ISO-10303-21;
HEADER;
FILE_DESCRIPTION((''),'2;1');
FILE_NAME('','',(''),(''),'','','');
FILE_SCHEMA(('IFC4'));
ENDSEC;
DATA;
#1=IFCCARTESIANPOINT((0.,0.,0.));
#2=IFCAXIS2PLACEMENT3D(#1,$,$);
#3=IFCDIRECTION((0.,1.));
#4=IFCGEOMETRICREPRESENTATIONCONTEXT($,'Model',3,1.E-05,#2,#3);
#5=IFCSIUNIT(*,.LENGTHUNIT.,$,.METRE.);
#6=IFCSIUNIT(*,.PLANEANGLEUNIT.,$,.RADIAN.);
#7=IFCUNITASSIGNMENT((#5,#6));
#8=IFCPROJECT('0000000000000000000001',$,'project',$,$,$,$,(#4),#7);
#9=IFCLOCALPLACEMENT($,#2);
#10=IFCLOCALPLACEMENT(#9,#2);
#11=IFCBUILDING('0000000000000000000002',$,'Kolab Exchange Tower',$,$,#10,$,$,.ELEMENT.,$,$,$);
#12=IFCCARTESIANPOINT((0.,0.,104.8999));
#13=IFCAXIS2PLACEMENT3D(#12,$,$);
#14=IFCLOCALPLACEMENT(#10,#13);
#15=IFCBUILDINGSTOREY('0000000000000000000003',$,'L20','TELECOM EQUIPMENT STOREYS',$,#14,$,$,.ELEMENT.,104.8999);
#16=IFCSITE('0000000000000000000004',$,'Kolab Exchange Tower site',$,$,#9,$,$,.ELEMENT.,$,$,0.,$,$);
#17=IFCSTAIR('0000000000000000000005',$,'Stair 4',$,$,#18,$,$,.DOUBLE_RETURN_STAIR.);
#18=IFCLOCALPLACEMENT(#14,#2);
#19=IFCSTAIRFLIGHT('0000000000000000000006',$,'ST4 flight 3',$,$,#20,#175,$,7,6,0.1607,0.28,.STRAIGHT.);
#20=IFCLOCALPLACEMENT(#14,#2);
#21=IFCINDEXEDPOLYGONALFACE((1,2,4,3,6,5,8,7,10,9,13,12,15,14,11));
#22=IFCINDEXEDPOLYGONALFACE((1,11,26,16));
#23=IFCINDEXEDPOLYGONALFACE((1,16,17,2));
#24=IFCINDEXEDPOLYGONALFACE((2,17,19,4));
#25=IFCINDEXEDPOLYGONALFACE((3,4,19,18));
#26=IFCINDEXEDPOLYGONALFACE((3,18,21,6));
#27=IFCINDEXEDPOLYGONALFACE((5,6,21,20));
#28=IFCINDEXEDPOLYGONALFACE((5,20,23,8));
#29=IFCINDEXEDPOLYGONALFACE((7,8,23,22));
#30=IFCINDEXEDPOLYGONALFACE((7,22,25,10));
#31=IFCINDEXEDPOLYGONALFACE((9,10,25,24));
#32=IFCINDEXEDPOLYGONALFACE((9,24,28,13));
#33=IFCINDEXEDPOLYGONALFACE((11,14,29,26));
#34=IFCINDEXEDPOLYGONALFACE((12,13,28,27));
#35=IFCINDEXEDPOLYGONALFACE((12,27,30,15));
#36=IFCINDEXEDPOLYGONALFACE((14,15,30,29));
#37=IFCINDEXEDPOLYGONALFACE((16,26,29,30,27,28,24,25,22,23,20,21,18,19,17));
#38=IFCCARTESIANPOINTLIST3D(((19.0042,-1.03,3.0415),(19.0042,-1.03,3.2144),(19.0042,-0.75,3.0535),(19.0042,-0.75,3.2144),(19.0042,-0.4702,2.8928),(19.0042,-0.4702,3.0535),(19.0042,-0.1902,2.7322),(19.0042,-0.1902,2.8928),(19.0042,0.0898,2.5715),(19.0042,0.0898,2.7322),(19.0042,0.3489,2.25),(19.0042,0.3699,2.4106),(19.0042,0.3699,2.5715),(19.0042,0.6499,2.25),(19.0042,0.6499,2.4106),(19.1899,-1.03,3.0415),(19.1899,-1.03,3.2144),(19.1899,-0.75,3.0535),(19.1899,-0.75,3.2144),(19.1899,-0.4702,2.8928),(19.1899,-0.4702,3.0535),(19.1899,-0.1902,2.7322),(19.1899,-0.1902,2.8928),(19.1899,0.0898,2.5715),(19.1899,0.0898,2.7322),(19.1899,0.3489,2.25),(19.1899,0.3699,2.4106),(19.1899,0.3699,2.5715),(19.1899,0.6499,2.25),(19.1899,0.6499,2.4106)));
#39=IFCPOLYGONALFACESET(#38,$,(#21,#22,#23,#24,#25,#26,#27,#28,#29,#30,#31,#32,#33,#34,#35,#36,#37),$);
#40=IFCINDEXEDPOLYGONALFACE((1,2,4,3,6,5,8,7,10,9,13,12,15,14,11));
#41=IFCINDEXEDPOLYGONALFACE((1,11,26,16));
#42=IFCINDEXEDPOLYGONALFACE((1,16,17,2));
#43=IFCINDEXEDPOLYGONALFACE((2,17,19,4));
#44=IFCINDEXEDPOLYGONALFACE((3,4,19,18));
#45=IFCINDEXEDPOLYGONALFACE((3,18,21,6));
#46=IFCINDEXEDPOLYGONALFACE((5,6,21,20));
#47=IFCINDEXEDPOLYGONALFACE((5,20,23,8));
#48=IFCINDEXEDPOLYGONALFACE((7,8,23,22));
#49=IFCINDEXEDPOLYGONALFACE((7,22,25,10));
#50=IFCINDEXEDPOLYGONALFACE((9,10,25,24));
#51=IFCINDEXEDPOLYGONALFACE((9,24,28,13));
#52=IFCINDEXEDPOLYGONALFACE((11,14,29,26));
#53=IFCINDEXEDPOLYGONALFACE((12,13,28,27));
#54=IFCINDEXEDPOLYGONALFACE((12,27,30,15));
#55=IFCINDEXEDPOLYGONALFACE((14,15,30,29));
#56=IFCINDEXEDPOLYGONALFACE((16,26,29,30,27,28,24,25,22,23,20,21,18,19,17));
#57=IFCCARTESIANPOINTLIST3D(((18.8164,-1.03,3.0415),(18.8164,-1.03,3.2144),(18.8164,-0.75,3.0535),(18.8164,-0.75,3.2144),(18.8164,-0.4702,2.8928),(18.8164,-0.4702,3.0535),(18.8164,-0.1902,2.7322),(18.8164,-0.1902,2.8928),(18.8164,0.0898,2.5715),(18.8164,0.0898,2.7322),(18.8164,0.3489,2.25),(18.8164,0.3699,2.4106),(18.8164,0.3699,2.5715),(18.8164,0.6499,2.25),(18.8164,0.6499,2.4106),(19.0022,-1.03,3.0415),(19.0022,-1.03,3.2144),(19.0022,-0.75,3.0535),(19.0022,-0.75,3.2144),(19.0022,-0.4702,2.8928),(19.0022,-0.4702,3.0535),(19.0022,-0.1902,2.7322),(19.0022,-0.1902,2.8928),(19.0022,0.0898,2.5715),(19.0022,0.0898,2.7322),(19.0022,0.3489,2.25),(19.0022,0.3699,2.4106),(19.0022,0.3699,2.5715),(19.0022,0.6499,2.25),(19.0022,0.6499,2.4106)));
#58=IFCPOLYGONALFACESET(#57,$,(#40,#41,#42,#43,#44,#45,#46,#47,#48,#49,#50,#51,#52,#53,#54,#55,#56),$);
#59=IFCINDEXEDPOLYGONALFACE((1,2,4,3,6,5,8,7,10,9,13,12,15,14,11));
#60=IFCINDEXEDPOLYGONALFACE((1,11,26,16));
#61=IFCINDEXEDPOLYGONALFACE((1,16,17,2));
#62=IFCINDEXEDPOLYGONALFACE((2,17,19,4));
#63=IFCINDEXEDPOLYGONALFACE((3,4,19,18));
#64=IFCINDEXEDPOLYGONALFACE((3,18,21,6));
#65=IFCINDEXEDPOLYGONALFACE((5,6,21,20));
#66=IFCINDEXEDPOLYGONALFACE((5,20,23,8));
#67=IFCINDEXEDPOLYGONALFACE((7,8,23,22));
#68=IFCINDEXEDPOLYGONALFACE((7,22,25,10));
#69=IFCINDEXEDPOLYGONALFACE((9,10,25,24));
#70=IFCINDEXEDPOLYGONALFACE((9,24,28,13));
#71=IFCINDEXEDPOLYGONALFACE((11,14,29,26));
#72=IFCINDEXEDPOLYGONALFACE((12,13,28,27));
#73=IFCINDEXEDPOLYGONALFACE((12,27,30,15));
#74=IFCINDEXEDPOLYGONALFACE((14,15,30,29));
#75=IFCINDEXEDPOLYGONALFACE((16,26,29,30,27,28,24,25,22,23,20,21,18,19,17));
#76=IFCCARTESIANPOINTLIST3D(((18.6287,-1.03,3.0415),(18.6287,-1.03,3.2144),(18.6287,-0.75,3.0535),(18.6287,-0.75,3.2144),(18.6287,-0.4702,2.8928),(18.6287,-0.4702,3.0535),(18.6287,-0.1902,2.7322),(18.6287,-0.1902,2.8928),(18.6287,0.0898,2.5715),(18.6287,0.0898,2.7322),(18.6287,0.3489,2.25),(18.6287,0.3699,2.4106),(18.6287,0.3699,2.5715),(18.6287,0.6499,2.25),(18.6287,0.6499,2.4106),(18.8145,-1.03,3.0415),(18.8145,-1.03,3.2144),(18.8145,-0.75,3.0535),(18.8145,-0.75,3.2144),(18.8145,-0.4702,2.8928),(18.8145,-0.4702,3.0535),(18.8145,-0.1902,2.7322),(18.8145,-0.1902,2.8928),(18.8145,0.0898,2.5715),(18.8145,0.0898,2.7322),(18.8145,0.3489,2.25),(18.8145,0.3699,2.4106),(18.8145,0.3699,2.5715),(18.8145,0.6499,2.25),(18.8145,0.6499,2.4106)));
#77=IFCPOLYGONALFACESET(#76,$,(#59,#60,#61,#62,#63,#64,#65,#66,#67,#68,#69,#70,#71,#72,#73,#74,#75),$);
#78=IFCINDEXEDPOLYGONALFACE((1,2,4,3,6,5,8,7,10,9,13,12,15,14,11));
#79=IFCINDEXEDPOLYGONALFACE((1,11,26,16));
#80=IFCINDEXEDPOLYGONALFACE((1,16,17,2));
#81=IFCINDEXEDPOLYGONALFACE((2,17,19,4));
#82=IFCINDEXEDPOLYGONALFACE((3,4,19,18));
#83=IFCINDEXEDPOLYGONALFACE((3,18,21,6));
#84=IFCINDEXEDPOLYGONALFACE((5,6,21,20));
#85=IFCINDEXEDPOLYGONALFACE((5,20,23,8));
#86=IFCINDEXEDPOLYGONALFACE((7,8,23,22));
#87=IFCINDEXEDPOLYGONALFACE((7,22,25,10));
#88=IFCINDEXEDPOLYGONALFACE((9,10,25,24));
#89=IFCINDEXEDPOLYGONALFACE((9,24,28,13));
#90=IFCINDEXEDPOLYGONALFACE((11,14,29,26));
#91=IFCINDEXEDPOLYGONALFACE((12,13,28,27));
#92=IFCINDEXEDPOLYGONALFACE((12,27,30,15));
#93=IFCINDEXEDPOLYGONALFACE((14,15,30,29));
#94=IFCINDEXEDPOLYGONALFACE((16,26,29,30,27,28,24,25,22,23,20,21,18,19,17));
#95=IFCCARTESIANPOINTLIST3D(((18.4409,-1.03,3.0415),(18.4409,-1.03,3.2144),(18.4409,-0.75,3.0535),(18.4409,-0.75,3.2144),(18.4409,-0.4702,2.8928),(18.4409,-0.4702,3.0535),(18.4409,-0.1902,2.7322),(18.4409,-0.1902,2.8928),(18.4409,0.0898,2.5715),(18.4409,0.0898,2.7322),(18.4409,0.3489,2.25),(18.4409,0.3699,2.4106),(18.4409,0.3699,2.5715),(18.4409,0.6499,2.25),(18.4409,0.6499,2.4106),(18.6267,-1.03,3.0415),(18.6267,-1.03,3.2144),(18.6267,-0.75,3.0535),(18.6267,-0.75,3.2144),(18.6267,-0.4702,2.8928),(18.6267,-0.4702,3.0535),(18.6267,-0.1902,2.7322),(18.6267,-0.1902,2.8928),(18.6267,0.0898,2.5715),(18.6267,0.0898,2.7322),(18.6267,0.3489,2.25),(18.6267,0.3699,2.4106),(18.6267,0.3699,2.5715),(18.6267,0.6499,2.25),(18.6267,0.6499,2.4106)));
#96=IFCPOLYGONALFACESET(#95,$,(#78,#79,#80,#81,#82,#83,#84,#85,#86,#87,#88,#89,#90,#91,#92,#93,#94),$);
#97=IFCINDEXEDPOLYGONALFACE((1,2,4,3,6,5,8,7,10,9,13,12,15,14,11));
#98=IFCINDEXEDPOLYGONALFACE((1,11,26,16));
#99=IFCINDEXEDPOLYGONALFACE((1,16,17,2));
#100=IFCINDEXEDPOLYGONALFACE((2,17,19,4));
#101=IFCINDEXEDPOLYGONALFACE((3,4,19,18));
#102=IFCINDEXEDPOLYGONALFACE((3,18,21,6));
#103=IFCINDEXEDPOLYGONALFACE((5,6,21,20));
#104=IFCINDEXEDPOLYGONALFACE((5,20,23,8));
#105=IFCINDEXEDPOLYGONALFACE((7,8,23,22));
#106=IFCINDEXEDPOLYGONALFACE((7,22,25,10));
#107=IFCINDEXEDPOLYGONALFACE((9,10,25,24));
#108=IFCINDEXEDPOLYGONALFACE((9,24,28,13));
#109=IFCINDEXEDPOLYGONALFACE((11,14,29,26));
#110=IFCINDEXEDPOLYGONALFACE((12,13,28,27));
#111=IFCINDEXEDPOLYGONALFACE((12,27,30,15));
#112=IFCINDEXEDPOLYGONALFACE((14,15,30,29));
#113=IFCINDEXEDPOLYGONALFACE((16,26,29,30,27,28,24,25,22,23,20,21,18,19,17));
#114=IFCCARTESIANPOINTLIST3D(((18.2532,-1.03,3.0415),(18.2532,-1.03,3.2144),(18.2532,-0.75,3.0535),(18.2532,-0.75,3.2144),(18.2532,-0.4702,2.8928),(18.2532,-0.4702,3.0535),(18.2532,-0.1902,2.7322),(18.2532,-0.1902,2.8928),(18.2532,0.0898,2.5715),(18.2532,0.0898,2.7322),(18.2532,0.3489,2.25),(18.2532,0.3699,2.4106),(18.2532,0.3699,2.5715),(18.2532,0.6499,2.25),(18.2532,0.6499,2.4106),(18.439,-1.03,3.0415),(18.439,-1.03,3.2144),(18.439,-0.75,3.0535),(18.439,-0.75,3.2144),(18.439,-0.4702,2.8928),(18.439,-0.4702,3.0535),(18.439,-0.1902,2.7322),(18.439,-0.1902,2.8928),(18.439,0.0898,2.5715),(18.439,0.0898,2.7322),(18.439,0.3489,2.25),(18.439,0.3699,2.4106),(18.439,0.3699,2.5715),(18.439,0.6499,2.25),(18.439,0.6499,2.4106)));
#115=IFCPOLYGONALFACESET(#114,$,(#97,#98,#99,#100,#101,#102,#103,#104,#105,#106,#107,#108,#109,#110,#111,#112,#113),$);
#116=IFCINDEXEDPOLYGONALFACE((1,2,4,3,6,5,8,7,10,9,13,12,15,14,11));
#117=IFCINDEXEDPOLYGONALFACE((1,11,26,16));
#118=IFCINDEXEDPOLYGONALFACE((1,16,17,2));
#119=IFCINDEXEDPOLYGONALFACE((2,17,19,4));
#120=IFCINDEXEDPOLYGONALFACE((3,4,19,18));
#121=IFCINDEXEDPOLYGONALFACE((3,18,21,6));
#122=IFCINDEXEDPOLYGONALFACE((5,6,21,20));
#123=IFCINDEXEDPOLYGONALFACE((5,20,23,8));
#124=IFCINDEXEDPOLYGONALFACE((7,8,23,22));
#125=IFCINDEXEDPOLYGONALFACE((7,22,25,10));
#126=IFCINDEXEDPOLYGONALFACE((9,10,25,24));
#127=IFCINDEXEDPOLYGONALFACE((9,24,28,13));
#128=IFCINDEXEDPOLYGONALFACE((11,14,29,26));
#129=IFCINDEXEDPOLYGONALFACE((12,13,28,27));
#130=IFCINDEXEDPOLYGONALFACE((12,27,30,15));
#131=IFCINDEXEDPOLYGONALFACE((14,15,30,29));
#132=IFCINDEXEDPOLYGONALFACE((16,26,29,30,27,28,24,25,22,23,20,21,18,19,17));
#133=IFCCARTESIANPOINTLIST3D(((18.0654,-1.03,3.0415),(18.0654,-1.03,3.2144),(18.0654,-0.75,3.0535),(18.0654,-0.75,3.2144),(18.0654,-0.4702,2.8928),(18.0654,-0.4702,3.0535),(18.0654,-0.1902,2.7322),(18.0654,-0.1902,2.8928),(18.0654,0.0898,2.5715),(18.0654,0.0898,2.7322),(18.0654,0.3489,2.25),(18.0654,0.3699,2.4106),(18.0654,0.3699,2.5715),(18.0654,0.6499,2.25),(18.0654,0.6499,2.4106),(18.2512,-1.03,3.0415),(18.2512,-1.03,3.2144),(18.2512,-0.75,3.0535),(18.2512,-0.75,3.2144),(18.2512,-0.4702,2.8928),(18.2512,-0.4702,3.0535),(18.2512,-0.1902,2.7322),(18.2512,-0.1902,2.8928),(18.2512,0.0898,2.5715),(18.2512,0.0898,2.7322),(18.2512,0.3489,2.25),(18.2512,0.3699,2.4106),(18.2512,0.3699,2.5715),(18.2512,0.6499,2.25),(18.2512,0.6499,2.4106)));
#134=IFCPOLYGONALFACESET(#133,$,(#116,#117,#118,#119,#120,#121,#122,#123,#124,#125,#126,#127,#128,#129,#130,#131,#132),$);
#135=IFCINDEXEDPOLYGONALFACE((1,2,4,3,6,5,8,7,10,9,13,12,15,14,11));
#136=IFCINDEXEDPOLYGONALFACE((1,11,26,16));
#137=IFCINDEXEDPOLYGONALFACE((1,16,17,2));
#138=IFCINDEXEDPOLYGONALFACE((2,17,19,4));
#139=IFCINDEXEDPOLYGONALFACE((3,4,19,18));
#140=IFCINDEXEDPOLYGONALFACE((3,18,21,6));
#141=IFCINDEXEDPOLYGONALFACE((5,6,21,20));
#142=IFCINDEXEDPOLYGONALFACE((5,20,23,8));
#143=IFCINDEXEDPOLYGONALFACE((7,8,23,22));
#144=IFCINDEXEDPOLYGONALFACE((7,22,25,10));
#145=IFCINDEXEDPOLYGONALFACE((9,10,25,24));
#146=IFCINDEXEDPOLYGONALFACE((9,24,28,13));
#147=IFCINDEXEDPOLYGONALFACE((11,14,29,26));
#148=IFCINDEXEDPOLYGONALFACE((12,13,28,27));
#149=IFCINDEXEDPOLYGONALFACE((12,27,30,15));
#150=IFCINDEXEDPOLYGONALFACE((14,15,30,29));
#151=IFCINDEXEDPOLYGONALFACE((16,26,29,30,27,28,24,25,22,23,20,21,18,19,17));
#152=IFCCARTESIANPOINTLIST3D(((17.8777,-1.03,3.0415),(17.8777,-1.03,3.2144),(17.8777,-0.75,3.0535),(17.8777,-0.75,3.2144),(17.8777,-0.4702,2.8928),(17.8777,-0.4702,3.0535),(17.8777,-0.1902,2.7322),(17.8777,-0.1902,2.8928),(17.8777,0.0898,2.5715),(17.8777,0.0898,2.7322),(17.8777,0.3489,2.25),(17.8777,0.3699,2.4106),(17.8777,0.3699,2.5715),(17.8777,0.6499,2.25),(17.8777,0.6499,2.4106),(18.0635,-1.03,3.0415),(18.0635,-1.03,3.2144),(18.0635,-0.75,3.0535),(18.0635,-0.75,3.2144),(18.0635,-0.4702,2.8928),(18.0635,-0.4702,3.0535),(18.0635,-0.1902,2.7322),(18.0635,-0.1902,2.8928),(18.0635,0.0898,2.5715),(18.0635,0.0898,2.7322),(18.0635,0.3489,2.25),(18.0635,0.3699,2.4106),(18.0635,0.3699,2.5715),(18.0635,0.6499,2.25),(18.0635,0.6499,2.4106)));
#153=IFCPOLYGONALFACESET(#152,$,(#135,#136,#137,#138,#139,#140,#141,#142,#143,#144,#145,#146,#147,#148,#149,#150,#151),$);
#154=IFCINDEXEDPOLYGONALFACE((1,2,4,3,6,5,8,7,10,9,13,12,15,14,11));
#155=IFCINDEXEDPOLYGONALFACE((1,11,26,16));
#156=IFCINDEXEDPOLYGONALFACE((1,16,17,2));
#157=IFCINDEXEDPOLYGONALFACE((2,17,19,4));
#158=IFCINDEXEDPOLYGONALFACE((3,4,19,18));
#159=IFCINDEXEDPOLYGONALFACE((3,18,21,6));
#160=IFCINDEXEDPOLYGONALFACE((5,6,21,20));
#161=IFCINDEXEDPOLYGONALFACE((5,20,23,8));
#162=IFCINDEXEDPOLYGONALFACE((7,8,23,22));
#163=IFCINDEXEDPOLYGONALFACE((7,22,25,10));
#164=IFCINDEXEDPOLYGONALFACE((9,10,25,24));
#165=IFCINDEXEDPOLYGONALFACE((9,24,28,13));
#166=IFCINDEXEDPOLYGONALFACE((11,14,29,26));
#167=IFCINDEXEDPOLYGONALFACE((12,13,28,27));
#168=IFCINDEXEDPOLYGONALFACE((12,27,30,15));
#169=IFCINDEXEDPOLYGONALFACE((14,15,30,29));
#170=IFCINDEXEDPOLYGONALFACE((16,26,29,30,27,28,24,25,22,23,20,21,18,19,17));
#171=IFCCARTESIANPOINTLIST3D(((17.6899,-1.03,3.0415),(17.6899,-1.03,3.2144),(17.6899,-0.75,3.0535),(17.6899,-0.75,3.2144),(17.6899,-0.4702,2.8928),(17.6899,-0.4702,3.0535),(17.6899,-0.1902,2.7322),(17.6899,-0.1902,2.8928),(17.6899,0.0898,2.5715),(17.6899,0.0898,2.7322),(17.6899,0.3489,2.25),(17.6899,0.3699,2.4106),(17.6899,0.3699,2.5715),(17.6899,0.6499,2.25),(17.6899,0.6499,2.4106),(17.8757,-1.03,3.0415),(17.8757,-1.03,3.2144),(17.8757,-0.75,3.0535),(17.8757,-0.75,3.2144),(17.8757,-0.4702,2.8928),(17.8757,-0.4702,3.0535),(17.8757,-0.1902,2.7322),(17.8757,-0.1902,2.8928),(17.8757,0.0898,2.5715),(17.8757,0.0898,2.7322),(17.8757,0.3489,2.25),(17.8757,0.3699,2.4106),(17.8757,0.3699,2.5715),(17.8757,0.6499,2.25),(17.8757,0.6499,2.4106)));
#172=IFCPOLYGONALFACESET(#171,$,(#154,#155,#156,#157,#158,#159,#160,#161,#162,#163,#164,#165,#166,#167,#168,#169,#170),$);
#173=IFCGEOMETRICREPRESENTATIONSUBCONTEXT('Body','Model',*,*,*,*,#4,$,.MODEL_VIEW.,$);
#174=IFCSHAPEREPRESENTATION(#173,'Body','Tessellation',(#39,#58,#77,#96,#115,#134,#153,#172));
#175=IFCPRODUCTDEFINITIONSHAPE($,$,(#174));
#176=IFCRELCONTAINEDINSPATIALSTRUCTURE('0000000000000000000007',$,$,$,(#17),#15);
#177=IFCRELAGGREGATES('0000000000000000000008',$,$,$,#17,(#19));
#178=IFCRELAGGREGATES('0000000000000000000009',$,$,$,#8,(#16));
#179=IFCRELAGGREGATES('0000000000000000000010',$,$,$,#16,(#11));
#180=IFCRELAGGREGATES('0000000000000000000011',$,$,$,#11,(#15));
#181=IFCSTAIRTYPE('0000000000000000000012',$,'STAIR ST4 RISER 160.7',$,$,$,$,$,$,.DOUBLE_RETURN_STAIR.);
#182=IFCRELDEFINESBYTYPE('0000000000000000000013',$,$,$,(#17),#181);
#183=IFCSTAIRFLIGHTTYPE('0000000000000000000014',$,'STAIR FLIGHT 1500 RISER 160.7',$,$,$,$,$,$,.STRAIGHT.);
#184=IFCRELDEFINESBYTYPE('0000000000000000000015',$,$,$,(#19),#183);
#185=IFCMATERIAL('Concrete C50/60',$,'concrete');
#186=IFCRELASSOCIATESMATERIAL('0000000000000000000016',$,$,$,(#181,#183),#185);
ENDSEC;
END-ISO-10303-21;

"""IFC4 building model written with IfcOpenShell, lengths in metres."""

from ifc_helpers import new_model, si_unit, direction, frame, origin, place, context, subcontext, project, spatial, polyline, outline, extrude, material, type_object, element, aggregate, save


model = new_model("IFC4")

# Units and contexts
model_context = context("Model", 3, precision=1e-05, world=origin(), true_north=direction((0.0, 1.0)))
body_context = subcontext(model_context, "Body", "Model", "MODEL_VIEW")
ifc_project = project(units=[si_unit("LENGTHUNIT", "METRE"), si_unit("PLANEANGLEUNIT", "RADIAN")], contexts=[model_context])

# Site, building, storey
site_placement = place(None, origin())
site = spatial("IfcSite", under=ifc_project, at=site_placement, Name="Kolab Exchange Tower site", CompositionType="ELEMENT", RefElevation=0.0)
building_placement = place(site_placement, origin())
building = spatial("IfcBuilding", under=site, at=building_placement, Name="Kolab Exchange Tower", CompositionType="ELEMENT")
storey_placement = place(building_placement, frame((0.0, 0.0, 104.8999)))
storey = spatial("IfcBuildingStorey", under=building, at=storey_placement, Name="L20", Description="TELECOM EQUIPMENT STOREYS", CompositionType="ELEMENT", Elevation=104.8999)

# Shared definitions
ifc_material_1 = material(Name="Concrete C50/60", Category="concrete")

# Stair, stair flight
stair_type = type_object("IfcStairType", Name="STAIR ST4 RISER 160.7", PredefinedType="DOUBLE_RETURN_STAIR", material=ifc_material_1)
stair_placement = place(storey_placement, origin())
stair = element("IfcStair", 1, at=stair_placement, inside=storey, type_object=stair_type, Name="Stair 4", PredefinedType="DOUBLE_RETURN_STAIR")
stair_flight_type = type_object("IfcStairFlightType", Name="STAIR FLIGHT 1500 RISER 160.7", PredefinedType="STRAIGHT", material=ifc_material_1)
stair_flight_1_placement = place(storey_placement, frame((18.4399, 0.6499, 2.25), z_axis=(0.0, 0.0, 1.0), x_axis=(0.0, -1.0, 0.0)))
stair_flight_1 = element("IfcStairFlight", 2, at=stair_flight_1_placement, type_object=stair_flight_type, Name="ST4 flight 3", NumberOfRisers=7, NumberOfTreads=6, PredefinedType="STRAIGHT", RiserHeight=0.1607, TreadLength=0.28, context=body_context, shape_type="SweptSolid", body=[
    extrude(outline(polyline([(0.0, 0.0), (0.0, 0.1606), (0.28, 0.1606), (0.28, 0.3215), (0.5601, 0.3215), (0.5601, 0.4822), (0.8401, 0.4822), (0.8401, 0.6428), (1.1201, 0.6428), (1.1201, 0.8035), (1.3999, 0.8035), (1.3999, 0.9644), (1.6799, 0.9644), (1.6799, 1.125), (1.6799, 0.7915), (0.301, 0.0), (0.0, 0.0)])), frame((0.0, 0.75, 0.0), z_axis=(0.0, -1.0, 0.0), x_axis=(1.0, 0.0, 0.0)), (0.0, 0.0, 1.0), 0.1858),
    extrude(outline(polyline([(0.0, 0.0), (0.0, 0.1606), (0.28, 0.1606), (0.28, 0.3215), (0.5601, 0.3215), (0.5601, 0.4822), (0.8401, 0.4822), (0.8401, 0.6428), (1.1201, 0.6428), (1.1201, 0.8035), (1.3999, 0.8035), (1.3999, 0.9644), (1.6799, 0.9644), (1.6799, 1.125), (1.6799, 0.7915), (0.301, 0.0), (0.0, 0.0)])), frame((0.0, 0.5623, 0.0), z_axis=(0.0, -1.0, 0.0), x_axis=(1.0, 0.0, 0.0)), (0.0, 0.0, 1.0), 0.1858),
    extrude(outline(polyline([(0.0, 0.0), (0.0, 0.1606), (0.28, 0.1606), (0.28, 0.3215), (0.5601, 0.3215), (0.5601, 0.4822), (0.8401, 0.4822), (0.8401, 0.6428), (1.1201, 0.6428), (1.1201, 0.8035), (1.3999, 0.8035), (1.3999, 0.9644), (1.6799, 0.9644), (1.6799, 1.125), (1.6799, 0.7915), (0.301, 0.0), (0.0, 0.0)])), frame((0.0, 0.3745, 0.0), z_axis=(0.0, -1.0, 0.0), x_axis=(1.0, 0.0, 0.0)), (0.0, 0.0, 1.0), 0.1858),
    extrude(outline(polyline([(0.0, 0.0), (0.0, 0.1606), (0.28, 0.1606), (0.28, 0.3215), (0.5601, 0.3215), (0.5601, 0.4822), (0.8401, 0.4822), (0.8401, 0.6428), (1.1201, 0.6428), (1.1201, 0.8035), (1.3999, 0.8035), (1.3999, 0.9644), (1.6799, 0.9644), (1.6799, 1.125), (1.6799, 0.7915), (0.301, 0.0), (0.0, 0.0)])), frame((0.0, 0.1868, 0.0), z_axis=(0.0, -1.0, 0.0), x_axis=(1.0, 0.0, 0.0)), (0.0, 0.0, 1.0), 0.1858),
    extrude(outline(polyline([(0.0, 0.0), (0.0, 0.1606), (0.28, 0.1606), (0.28, 0.3215), (0.5601, 0.3215), (0.5601, 0.4822), (0.8401, 0.4822), (0.8401, 0.6428), (1.1201, 0.6428), (1.1201, 0.8035), (1.3999, 0.8035), (1.3999, 0.9644), (1.6799, 0.9644), (1.6799, 1.125), (1.6799, 0.7915), (0.301, 0.0), (0.0, 0.0)])), frame((0.0, -0.001, 0.0), z_axis=(0.0, -1.0, 0.0), x_axis=(1.0, 0.0, 0.0)), (0.0, 0.0, 1.0), 0.1858),
    extrude(outline(polyline([(0.0, 0.0), (0.0, 0.1606), (0.28, 0.1606), (0.28, 0.3215), (0.5601, 0.3215), (0.5601, 0.4822), (0.8401, 0.4822), (0.8401, 0.6428), (1.1201, 0.6428), (1.1201, 0.8035), (1.3999, 0.8035), (1.3999, 0.9644), (1.6799, 0.9644), (1.6799, 1.125), (1.6799, 0.7915), (0.301, 0.0), (0.0, 0.0)])), frame((0.0, -0.1887, 0.0), z_axis=(0.0, -1.0, 0.0), x_axis=(1.0, 0.0, 0.0)), (0.0, 0.0, 1.0), 0.1858),
    extrude(outline(polyline([(0.0, 0.0), (0.0, 0.1606), (0.28, 0.1606), (0.28, 0.3215), (0.5601, 0.3215), (0.5601, 0.4822), (0.8401, 0.4822), (0.8401, 0.6428), (1.1201, 0.6428), (1.1201, 0.8035), (1.3999, 0.8035), (1.3999, 0.9644), (1.6799, 0.9644), (1.6799, 1.125), (1.6799, 0.7915), (0.301, 0.0), (0.0, 0.0)])), frame((0.0, -0.3765, 0.0), z_axis=(0.0, -1.0, 0.0), x_axis=(1.0, 0.0, 0.0)), (0.0, 0.0, 1.0), 0.1858),
    extrude(outline(polyline([(0.0, 0.0), (0.0, 0.1606), (0.28, 0.1606), (0.28, 0.3215), (0.5601, 0.3215), (0.5601, 0.4822), (0.8401, 0.4822), (0.8401, 0.6428), (1.1201, 0.6428), (1.1201, 0.8035), (1.3999, 0.8035), (1.3999, 0.9644), (1.6799, 0.9644), (1.6799, 1.125), (1.6799, 0.7915), (0.301, 0.0), (0.0, 0.0)])), frame((0.0, -0.5642, 0.0), z_axis=(0.0, -1.0, 0.0), x_axis=(1.0, 0.0, 0.0)), (0.0, 0.0, 1.0), 0.1858),
])
aggregate(stair, [stair_flight_1])

save(model, "model.ifc")
